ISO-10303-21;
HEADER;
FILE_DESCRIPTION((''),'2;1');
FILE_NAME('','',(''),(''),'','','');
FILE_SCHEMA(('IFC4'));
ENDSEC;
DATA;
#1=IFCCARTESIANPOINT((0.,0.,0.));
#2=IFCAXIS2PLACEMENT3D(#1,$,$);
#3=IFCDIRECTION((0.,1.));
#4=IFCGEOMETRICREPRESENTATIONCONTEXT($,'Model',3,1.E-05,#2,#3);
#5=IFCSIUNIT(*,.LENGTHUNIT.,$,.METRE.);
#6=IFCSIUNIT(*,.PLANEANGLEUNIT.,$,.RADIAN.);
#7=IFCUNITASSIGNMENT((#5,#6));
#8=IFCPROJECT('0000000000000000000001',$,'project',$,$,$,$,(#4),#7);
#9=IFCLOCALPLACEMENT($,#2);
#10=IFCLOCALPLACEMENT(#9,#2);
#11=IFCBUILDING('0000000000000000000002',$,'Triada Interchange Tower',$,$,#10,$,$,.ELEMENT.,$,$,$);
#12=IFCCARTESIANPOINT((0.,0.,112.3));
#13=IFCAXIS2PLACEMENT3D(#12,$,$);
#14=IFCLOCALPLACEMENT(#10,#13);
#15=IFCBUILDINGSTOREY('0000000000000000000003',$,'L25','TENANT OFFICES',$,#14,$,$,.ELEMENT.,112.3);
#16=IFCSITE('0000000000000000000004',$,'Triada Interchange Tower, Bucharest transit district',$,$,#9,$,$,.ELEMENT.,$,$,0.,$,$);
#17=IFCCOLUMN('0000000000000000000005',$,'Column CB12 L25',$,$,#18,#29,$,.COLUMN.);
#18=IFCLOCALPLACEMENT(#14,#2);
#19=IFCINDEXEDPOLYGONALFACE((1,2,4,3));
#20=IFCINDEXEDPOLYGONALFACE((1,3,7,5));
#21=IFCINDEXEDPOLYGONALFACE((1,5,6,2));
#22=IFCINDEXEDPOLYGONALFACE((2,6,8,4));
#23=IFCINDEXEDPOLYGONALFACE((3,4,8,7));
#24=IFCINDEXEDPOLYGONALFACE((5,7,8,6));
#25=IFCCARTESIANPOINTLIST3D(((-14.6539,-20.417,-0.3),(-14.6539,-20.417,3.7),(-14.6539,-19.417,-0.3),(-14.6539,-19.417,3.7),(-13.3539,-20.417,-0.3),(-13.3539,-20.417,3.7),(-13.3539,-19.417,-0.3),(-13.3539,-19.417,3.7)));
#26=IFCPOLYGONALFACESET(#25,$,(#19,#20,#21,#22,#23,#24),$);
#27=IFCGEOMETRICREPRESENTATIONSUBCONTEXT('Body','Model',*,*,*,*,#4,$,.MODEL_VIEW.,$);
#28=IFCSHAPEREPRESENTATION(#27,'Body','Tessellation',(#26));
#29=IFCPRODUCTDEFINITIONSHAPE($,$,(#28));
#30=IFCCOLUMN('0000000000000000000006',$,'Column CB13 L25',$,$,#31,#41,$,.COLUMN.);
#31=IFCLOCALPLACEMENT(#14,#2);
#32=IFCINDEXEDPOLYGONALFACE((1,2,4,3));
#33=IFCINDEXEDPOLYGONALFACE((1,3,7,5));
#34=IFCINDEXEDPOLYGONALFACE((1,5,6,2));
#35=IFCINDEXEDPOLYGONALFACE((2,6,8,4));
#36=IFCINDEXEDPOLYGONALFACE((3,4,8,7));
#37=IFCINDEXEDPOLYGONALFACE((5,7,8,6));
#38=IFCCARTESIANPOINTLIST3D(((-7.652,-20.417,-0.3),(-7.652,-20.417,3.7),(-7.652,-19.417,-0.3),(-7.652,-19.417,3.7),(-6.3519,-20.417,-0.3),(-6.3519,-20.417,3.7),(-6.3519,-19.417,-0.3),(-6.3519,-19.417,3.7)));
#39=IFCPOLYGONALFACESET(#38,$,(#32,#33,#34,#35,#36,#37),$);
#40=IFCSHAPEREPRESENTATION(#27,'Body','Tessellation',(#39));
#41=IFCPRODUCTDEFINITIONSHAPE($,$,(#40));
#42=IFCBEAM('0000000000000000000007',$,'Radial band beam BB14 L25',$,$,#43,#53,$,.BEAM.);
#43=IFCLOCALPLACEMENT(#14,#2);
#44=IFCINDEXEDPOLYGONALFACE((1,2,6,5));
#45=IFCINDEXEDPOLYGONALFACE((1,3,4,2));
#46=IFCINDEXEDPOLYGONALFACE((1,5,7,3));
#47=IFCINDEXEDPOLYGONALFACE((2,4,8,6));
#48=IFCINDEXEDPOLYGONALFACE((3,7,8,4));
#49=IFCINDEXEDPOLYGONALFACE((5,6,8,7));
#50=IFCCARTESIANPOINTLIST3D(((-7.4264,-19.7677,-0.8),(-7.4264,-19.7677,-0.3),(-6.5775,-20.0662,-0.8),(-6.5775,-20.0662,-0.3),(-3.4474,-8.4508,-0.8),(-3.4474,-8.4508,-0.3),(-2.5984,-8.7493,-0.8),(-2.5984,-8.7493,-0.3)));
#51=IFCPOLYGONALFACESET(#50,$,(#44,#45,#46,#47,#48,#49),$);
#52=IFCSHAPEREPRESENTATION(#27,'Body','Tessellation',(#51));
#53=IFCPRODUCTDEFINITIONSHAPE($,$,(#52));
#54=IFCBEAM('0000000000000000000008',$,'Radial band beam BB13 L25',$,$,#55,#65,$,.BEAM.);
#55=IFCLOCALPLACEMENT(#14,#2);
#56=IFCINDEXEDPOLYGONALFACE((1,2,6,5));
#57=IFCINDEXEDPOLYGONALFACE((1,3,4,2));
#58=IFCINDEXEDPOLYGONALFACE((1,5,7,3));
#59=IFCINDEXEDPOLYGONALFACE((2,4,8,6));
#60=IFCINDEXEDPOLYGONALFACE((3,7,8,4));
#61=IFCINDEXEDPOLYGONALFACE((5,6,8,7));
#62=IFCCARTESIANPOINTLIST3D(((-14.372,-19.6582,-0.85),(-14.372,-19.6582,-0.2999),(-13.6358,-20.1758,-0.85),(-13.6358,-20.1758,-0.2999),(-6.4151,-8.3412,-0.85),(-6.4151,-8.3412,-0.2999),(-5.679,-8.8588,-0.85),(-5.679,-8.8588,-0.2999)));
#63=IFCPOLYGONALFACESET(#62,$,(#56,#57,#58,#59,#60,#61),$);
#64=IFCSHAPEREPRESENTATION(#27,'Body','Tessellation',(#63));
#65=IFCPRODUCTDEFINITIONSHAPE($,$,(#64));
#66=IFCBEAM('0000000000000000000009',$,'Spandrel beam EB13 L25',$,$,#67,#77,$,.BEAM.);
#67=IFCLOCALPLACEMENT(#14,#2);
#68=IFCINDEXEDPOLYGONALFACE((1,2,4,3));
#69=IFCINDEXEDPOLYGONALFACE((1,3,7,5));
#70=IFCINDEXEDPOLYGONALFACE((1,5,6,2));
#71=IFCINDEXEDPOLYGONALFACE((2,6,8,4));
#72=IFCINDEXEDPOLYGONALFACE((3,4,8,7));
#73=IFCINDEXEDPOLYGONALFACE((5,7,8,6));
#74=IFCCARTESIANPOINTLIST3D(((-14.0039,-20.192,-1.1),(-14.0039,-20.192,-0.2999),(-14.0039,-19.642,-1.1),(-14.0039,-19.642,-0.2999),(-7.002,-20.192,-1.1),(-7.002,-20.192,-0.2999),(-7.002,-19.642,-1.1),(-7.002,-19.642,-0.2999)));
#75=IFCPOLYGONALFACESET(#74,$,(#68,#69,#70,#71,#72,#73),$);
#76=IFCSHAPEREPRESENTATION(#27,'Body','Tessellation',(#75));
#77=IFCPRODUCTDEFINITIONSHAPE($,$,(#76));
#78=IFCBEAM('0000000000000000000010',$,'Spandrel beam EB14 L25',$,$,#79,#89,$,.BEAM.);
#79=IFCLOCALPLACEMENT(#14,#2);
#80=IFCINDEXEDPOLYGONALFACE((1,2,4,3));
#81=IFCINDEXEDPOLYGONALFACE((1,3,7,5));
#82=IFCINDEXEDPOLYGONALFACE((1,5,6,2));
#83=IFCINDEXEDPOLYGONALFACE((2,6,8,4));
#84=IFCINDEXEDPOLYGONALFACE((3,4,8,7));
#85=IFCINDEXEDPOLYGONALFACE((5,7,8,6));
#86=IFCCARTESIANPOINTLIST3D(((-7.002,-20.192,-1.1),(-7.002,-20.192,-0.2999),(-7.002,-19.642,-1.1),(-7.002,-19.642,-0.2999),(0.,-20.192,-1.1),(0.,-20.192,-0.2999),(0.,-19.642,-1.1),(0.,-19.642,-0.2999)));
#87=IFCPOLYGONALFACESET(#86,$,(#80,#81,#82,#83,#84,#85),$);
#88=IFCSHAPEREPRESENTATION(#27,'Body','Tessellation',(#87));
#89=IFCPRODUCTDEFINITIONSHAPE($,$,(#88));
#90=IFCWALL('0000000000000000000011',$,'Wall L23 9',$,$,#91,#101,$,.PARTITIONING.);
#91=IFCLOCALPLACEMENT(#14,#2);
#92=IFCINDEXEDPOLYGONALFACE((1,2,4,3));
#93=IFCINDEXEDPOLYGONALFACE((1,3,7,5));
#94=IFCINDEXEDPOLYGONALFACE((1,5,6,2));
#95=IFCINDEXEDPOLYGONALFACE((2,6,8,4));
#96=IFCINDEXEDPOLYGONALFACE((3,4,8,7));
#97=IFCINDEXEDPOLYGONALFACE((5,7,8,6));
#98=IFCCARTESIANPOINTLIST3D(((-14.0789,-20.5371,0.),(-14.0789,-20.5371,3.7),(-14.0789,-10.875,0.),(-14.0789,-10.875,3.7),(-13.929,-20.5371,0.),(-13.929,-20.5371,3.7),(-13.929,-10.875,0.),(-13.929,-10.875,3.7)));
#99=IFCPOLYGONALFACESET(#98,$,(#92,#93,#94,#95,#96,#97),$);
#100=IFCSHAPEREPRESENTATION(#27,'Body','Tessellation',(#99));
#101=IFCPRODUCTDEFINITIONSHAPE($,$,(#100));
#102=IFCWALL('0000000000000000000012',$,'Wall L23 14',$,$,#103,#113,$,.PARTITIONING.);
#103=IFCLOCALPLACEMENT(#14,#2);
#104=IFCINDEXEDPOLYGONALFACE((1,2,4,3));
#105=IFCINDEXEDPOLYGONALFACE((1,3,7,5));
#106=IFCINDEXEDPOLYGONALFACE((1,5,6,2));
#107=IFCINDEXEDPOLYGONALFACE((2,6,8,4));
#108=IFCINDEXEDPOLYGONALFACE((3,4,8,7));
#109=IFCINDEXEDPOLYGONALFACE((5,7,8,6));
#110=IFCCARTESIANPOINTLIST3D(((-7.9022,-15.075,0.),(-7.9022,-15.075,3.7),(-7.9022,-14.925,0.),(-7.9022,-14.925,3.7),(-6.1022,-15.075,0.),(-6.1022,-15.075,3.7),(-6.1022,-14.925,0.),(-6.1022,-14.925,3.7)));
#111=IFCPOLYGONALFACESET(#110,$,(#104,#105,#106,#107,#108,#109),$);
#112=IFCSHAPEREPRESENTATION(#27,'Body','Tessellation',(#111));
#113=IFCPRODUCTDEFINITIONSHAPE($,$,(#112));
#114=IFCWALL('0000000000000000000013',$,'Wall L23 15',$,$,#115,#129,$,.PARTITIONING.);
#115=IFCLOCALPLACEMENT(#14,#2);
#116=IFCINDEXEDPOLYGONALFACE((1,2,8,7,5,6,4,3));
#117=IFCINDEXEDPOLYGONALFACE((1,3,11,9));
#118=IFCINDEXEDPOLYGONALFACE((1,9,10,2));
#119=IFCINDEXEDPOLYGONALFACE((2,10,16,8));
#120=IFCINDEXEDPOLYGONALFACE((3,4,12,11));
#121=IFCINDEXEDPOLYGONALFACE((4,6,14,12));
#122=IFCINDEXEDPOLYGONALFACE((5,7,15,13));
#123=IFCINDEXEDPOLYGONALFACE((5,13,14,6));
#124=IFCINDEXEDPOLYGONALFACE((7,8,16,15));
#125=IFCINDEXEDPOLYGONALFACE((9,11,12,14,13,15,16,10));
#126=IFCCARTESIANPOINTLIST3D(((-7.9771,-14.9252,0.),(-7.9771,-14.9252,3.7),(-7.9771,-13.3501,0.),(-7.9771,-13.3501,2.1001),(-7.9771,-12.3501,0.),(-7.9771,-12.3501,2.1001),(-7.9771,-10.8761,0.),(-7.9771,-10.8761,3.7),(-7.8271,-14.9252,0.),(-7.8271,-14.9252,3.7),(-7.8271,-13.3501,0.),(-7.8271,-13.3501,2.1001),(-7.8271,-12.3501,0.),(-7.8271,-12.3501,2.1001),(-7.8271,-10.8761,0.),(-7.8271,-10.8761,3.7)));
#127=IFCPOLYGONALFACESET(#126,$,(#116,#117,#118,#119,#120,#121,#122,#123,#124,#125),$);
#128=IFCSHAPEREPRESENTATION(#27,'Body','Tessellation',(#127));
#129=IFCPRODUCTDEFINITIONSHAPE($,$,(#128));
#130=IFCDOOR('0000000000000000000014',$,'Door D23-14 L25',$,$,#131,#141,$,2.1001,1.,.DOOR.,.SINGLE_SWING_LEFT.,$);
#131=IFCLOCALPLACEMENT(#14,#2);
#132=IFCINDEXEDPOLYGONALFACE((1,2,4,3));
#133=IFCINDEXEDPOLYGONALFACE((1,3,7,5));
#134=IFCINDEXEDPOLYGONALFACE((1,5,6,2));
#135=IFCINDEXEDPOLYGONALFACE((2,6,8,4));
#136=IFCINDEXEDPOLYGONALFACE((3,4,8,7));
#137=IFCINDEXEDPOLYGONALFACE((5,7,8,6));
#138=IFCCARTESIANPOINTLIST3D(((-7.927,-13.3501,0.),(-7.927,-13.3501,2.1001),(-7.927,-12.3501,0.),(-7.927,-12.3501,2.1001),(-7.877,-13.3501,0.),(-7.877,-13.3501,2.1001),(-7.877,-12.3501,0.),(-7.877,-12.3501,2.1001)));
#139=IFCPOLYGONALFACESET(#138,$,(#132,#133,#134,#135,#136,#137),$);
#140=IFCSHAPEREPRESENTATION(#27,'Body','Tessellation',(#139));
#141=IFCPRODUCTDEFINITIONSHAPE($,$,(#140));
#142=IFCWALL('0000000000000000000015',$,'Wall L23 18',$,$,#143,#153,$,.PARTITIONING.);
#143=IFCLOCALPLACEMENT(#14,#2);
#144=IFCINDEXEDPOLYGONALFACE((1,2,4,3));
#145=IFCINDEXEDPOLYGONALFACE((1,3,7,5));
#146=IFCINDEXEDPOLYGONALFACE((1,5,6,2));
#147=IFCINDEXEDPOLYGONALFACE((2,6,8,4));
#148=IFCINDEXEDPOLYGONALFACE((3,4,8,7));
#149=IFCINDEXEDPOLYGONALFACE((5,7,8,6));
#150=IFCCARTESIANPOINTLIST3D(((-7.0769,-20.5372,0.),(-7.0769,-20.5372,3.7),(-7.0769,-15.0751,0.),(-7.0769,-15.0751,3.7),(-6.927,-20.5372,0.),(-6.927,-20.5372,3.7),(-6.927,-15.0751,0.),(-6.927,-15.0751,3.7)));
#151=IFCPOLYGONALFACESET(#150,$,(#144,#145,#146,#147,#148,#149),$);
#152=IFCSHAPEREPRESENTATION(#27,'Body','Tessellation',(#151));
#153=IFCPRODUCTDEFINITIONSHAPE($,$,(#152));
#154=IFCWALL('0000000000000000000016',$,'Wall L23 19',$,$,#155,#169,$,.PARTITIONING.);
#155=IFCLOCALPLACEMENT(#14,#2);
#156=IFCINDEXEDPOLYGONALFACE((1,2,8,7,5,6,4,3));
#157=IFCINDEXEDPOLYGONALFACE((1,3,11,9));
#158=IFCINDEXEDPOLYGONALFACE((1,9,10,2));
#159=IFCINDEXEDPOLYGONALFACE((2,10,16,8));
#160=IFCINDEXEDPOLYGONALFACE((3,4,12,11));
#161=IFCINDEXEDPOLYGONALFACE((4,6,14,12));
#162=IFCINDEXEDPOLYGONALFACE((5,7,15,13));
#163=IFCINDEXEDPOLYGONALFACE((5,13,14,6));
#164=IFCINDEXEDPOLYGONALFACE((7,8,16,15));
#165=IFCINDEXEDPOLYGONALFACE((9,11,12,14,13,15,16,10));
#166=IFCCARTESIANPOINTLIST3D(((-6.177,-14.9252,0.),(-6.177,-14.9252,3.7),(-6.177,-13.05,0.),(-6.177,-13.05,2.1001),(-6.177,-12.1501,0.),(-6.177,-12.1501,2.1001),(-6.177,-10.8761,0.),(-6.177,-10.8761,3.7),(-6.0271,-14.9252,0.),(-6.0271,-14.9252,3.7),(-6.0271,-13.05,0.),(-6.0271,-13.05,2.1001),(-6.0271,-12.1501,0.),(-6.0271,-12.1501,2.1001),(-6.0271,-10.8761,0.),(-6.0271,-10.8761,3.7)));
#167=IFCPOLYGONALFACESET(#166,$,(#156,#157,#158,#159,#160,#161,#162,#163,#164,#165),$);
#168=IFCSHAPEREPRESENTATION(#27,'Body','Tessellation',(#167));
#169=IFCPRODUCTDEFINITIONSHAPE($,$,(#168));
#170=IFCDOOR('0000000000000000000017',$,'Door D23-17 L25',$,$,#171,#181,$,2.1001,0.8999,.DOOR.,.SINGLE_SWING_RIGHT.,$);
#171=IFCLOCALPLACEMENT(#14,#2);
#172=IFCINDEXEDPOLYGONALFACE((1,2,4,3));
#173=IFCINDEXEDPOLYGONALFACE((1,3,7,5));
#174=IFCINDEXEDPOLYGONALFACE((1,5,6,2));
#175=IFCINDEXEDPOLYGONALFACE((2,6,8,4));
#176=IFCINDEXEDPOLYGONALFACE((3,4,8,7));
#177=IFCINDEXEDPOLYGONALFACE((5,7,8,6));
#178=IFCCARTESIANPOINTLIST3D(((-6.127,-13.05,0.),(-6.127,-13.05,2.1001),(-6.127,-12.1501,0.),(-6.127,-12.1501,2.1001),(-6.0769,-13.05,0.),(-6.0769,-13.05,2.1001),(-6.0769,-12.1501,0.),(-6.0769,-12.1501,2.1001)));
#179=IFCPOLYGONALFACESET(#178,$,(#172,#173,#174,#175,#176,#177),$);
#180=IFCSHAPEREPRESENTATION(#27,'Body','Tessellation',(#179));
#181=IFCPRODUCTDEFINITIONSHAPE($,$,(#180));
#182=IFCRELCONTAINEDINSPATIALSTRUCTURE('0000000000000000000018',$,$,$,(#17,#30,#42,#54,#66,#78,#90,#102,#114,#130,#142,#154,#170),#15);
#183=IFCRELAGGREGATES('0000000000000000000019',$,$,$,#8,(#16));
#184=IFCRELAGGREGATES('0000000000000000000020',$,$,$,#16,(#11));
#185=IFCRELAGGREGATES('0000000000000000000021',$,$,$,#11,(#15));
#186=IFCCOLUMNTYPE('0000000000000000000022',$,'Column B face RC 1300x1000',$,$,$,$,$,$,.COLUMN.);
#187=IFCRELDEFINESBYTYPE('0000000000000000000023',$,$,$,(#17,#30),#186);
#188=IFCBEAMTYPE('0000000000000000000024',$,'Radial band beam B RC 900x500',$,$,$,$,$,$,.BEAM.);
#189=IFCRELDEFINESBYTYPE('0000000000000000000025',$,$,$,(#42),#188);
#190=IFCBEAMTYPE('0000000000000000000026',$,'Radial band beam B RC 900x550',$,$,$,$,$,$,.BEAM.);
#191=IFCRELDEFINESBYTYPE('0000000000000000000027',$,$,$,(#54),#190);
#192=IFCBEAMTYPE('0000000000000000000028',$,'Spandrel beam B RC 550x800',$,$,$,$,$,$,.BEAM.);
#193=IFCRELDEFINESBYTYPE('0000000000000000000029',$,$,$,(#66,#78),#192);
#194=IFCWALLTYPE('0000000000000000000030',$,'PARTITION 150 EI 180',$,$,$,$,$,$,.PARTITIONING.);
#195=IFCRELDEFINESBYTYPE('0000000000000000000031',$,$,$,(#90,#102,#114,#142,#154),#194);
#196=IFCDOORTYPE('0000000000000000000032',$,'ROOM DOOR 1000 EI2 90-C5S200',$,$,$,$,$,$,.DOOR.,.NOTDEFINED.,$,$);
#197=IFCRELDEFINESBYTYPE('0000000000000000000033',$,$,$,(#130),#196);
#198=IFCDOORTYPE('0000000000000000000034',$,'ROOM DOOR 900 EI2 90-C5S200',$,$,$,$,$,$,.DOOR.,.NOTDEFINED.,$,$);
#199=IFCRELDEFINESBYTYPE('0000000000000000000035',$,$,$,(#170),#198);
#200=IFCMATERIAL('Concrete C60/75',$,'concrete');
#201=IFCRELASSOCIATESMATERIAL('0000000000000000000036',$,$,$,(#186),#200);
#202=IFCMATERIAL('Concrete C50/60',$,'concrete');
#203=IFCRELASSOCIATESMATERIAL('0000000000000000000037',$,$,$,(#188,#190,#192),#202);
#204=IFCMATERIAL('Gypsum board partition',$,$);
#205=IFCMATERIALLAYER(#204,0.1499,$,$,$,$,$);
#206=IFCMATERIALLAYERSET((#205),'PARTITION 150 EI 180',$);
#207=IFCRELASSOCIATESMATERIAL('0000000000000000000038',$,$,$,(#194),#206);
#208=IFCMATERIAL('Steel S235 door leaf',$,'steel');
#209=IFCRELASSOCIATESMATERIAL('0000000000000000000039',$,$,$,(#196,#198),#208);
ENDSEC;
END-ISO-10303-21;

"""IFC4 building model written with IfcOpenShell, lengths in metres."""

from ifc_helpers import new_model, si_unit, direction, frame, frame_2d, origin, origin_2d, place, context, subcontext, project, spatial, rectangle, extrude, material, layer, layer_set, material_profile, profile_set, type_object, element, fill, save


model = new_model("IFC4")

# Units and contexts
model_context = context("Model", 3, precision=1e-05, world=origin(), true_north=direction((0.0, 1.0)))
body_context = subcontext(model_context, "Body", "Model", "MODEL_VIEW")
ifc_project = project(units=[si_unit("LENGTHUNIT", "METRE"), si_unit("PLANEANGLEUNIT", "RADIAN")], contexts=[model_context])

# Site, building, storey
site_placement = place(None, origin())
site = spatial("IfcSite", under=ifc_project, at=site_placement, Name="Triada Interchange Tower, Bucharest transit district", CompositionType="ELEMENT", RefElevation=0.0)
building_placement = place(site_placement, origin())
building = spatial("IfcBuilding", under=site, at=building_placement, Name="Triada Interchange Tower", CompositionType="ELEMENT")
storey_placement = place(building_placement, frame((0.0, 0.0, 112.3)))
storey = spatial("IfcBuildingStorey", under=building, at=storey_placement, Name="L25", Description="TENANT OFFICES", CompositionType="ELEMENT", Elevation=112.3)

# Columns
ifc_material_1 = material(Name="Concrete C60/75", Category="concrete")
ifc_material_profile_1 = material_profile(ifc_material_1, rectangle(XDim=1.3, YDim=1.0, at=origin_2d()), Name="RC 1300x1000")
ifc_profile_set_1 = profile_set([ifc_material_profile_1], Name="Concrete C60/75")
column_type = type_object("IfcColumnType", Name="Column B face RC 1300x1000", PredefinedType="COLUMN", material=ifc_profile_set_1)
for number, where, z_axis, x_axis, name in (
    (1, (-14.0039, -19.917, -0.3), (0.0, 0.0, 1.0), (1.0, 0.0, 0.0), "Column CB12 L25"),
    (2, (-7.002, -19.917, -0.3), (0.0, 0.0, 1.0), (1.0, 0.0, 0.0), "Column CB13 L25"),
):
    element("IfcColumn", number, at=place(storey_placement, frame(where, z_axis=z_axis, x_axis=x_axis)), inside=storey, type_object=column_type, Name=name, PredefinedType="COLUMN", context=body_context, shape_type="SweptSolid", body=[
        extrude(rectangle(XDim=1.3, YDim=1.0, at=origin_2d()), origin(), (0.0, 0.0, 1.0), 4.0),
    ])

# Beams
ifc_material_2 = material(Name="Concrete C50/60", Category="concrete")
ifc_material_profile_2 = material_profile(ifc_material_2, rectangle(XDim=0.8999, YDim=0.5, at=origin_2d()), Name="RC 900x500")
ifc_profile_set_2 = profile_set([ifc_material_profile_2], Name="Concrete C50/60")
beam_type_1 = type_object("IfcBeamType", Name="Radial band beam B RC 900x500", PredefinedType="BEAM", material=ifc_profile_set_2)
beam_1_placement = place(storey_placement, frame((-7.002, -19.917, -0.55), z_axis=(0.331694, 0.943387, 0.0), x_axis=(-0.943387, 0.331694, 0.0)))
element("IfcBeam", 3, at=beam_1_placement, inside=storey, type_object=beam_type_1, Name="Radial band beam BB14 L25", PredefinedType="BEAM", context=body_context, shape_type="SweptSolid", body=[
    extrude(rectangle(XDim=0.8999, YDim=0.5, at=origin_2d()), origin(), (0.0, 0.0, 1.0), 11.9961),
])
ifc_material_profile_3 = material_profile(ifc_material_2, rectangle(XDim=0.8999, YDim=0.55, at=origin_2d()), Name="RC 900x550")
ifc_profile_set_3 = profile_set([ifc_material_profile_3], Name="Concrete C50/60")
beam_type_2 = type_object("IfcBeamType", Name="Radial band beam B RC 900x550", PredefinedType="BEAM", material=ifc_profile_set_3)
beam_2_placement = place(storey_placement, frame((-14.0039, -19.917, -0.575), z_axis=(0.575157, 0.818043, 0.0), x_axis=(-0.818043, 0.575157, 0.0)))
element("IfcBeam", 4, at=beam_2_placement, inside=storey, type_object=beam_type_2, Name="Radial band beam BB13 L25", PredefinedType="BEAM", context=body_context, shape_type="SweptSolid", body=[
    extrude(rectangle(XDim=0.8999, YDim=0.55, at=origin_2d()), origin(), (0.0, 0.0, 1.0), 13.8342),
])
ifc_material_profile_4 = material_profile(ifc_material_2, rectangle(XDim=0.55, YDim=0.8, at=origin_2d()), Name="RC 550x800")
ifc_profile_set_4 = profile_set([ifc_material_profile_4], Name="Concrete C50/60")
beam_type_3 = type_object("IfcBeamType", Name="Spandrel beam B RC 550x800", PredefinedType="BEAM", material=ifc_profile_set_4)
for number, where, z_axis, x_axis, name in (
    (5, (-14.0039, -19.917, -0.7), (1.0, 0.0, 0.0), (0.0, 1.0, 0.0), "Spandrel beam EB13 L25"),
    (6, (-7.002, -19.917, -0.7), (1.0, 0.0, 0.0), (0.0, 1.0, 0.0), "Spandrel beam EB14 L25"),
):
    element("IfcBeam", number, at=place(storey_placement, frame(where, z_axis=z_axis, x_axis=x_axis)), inside=storey, type_object=beam_type_3, Name=name, PredefinedType="BEAM", context=body_context, shape_type="SweptSolid", body=[
        extrude(rectangle(XDim=0.55, YDim=0.8, at=origin_2d()), origin(), (0.0, 0.0, 1.0), 7.002),
    ])

# Walls
ifc_material_3 = material(Name="Gypsum board partition")
ifc_layer_1 = layer(ifc_material_3, 0.1499)
ifc_layer_set_1 = layer_set([ifc_layer_1], Name="PARTITION 150 EI 180")
wall_type = type_object("IfcWallType", Name="PARTITION 150 EI 180", PredefinedType="PARTITIONING", material=ifc_layer_set_1)
wall_1_placement = place(storey_placement, frame((-14.0039, -20.5371, 0.0), z_axis=(0.0, 0.0, 1.0), x_axis=(0.0, 1.0, 0.0)))
element("IfcWall", 7, at=wall_1_placement, inside=storey, type_object=wall_type, Name="Wall L23 9", PredefinedType="PARTITIONING", context=body_context, shape_type="SweptSolid", body=[
    extrude(rectangle(XDim=9.6621, YDim=0.1499, at=frame_2d((4.8311, 0.0))), origin(), (0.0, 0.0, 1.0), 3.7),
])
wall_2_placement = place(storey_placement, frame((-7.9021, -15.0, 0.0), z_axis=(0.0, 0.0, 1.0), x_axis=(1.0, 0.0, 0.0)))
element("IfcWall", 8, at=wall_2_placement, inside=storey, type_object=wall_type, Name="Wall L23 14", PredefinedType="PARTITIONING", context=body_context, shape_type="SweptSolid", body=[
    extrude(rectangle(XDim=1.8, YDim=0.1499, at=frame_2d((0.8999, 0.0))), origin(), (0.0, 0.0, 1.0), 3.7),
])

# Wall, opening, door
wall_3_placement = place(storey_placement, frame((-7.9021, -14.925, 0.0), z_axis=(0.0, 0.0, 1.0), x_axis=(0.0, 1.0, 0.0)))
wall_3 = element("IfcWall", 9, at=wall_3_placement, inside=storey, type_object=wall_type, Name="Wall L23 15", PredefinedType="PARTITIONING", context=body_context, shape_type="SweptSolid", body=[
    extrude(rectangle(XDim=4.0491, YDim=0.1499, at=frame_2d((2.0244, 0.0))), origin(), (0.0, 0.0, 1.0), 3.7),
])
opening_1_placement = place(wall_3_placement, frame((1.575, 0.0, 0.0)))
opening_1 = element("IfcOpeningElement", 10, at=opening_1_placement, cuts=wall_3, PredefinedType="OPENING", context=body_context, shape_type="SweptSolid", body=[
    extrude(rectangle(XDim=1.0, YDim=2.1001, at=frame_2d((0.5, 1.05))), frame((0.0, 0.085, 0.0), z_axis=(0.0, -1.0, 0.0), x_axis=(1.0, 0.0, 0.0)), (0.0, 0.0, 1.0), 0.1699),
])
ifc_material_4 = material(Name="Steel S235 door leaf", Category="steel")
door_type_1 = type_object("IfcDoorType", Name="ROOM DOOR 1000 EI2 90-C5S200", OperationType="NOTDEFINED", PredefinedType="DOOR", material=ifc_material_4)
door_1_placement = place(opening_1_placement, origin())
door_1 = element("IfcDoor", 11, at=door_1_placement, inside=storey, type_object=door_type_1, Name="Door D23-14 L25", OperationType="SINGLE_SWING_LEFT", OverallHeight=2.1001, OverallWidth=1.0, PredefinedType="DOOR", context=body_context, shape_type="SweptSolid", body=[
    extrude(rectangle(XDim=1.0, YDim=2.1001, at=frame_2d((0.5, 1.05))), frame((0.0, 0.0249, 0.0), z_axis=(0.0, -1.0, 0.0), x_axis=(1.0, 0.0, 0.0)), (0.0, 0.0, 1.0), 0.05),
])
fill(opening_1, door_1)

# Wall
wall_4_placement = place(storey_placement, frame((-7.002, -20.5371, 0.0), z_axis=(0.0, 0.0, 1.0), x_axis=(0.0, 1.0, 0.0)))
element("IfcWall", 12, at=wall_4_placement, inside=storey, type_object=wall_type, Name="Wall L23 18", PredefinedType="PARTITIONING", context=body_context, shape_type="SweptSolid", body=[
    extrude(rectangle(XDim=5.4622, YDim=0.1499, at=frame_2d((2.731, 0.0))), origin(), (0.0, 0.0, 1.0), 3.7),
])

# Wall, opening, door
wall_5_placement = place(storey_placement, frame((-6.1021, -14.925, 0.0), z_axis=(0.0, 0.0, 1.0), x_axis=(0.0, 1.0, 0.0)))
wall_5 = element("IfcWall", 13, at=wall_5_placement, inside=storey, type_object=wall_type, Name="Wall L23 19", PredefinedType="PARTITIONING", context=body_context, shape_type="SweptSolid", body=[
    extrude(rectangle(XDim=4.0491, YDim=0.1499, at=frame_2d((2.0244, 0.0))), origin(), (0.0, 0.0, 1.0), 3.7),
])
opening_2_placement = place(wall_5_placement, frame((1.875, 0.0, 0.0)))
opening_2 = element("IfcOpeningElement", 14, at=opening_2_placement, cuts=wall_5, PredefinedType="OPENING", context=body_context, shape_type="SweptSolid", body=[
    extrude(rectangle(XDim=0.8999, YDim=2.1001, at=frame_2d((0.45, 1.05))), frame((0.0, 0.085, 0.0), z_axis=(0.0, -1.0, 0.0), x_axis=(1.0, 0.0, 0.0)), (0.0, 0.0, 1.0), 0.1699),
])
door_type_2 = type_object("IfcDoorType", Name="ROOM DOOR 900 EI2 90-C5S200", OperationType="NOTDEFINED", PredefinedType="DOOR", material=ifc_material_4)
door_2_placement = place(opening_2_placement, origin())
door_2 = element("IfcDoor", 15, at=door_2_placement, inside=storey, type_object=door_type_2, Name="Door D23-17 L25", OperationType="SINGLE_SWING_RIGHT", OverallHeight=2.1001, OverallWidth=0.8999, PredefinedType="DOOR", context=body_context, shape_type="SweptSolid", body=[
    extrude(rectangle(XDim=0.8999, YDim=2.1001, at=frame_2d((0.45, 1.05))), frame((0.0, 0.0249, 0.0), z_axis=(0.0, -1.0, 0.0), x_axis=(1.0, 0.0, 0.0)), (0.0, 0.0, 1.0), 0.05),
])
fill(opening_2, door_2)

save(model, "model.ifc")
